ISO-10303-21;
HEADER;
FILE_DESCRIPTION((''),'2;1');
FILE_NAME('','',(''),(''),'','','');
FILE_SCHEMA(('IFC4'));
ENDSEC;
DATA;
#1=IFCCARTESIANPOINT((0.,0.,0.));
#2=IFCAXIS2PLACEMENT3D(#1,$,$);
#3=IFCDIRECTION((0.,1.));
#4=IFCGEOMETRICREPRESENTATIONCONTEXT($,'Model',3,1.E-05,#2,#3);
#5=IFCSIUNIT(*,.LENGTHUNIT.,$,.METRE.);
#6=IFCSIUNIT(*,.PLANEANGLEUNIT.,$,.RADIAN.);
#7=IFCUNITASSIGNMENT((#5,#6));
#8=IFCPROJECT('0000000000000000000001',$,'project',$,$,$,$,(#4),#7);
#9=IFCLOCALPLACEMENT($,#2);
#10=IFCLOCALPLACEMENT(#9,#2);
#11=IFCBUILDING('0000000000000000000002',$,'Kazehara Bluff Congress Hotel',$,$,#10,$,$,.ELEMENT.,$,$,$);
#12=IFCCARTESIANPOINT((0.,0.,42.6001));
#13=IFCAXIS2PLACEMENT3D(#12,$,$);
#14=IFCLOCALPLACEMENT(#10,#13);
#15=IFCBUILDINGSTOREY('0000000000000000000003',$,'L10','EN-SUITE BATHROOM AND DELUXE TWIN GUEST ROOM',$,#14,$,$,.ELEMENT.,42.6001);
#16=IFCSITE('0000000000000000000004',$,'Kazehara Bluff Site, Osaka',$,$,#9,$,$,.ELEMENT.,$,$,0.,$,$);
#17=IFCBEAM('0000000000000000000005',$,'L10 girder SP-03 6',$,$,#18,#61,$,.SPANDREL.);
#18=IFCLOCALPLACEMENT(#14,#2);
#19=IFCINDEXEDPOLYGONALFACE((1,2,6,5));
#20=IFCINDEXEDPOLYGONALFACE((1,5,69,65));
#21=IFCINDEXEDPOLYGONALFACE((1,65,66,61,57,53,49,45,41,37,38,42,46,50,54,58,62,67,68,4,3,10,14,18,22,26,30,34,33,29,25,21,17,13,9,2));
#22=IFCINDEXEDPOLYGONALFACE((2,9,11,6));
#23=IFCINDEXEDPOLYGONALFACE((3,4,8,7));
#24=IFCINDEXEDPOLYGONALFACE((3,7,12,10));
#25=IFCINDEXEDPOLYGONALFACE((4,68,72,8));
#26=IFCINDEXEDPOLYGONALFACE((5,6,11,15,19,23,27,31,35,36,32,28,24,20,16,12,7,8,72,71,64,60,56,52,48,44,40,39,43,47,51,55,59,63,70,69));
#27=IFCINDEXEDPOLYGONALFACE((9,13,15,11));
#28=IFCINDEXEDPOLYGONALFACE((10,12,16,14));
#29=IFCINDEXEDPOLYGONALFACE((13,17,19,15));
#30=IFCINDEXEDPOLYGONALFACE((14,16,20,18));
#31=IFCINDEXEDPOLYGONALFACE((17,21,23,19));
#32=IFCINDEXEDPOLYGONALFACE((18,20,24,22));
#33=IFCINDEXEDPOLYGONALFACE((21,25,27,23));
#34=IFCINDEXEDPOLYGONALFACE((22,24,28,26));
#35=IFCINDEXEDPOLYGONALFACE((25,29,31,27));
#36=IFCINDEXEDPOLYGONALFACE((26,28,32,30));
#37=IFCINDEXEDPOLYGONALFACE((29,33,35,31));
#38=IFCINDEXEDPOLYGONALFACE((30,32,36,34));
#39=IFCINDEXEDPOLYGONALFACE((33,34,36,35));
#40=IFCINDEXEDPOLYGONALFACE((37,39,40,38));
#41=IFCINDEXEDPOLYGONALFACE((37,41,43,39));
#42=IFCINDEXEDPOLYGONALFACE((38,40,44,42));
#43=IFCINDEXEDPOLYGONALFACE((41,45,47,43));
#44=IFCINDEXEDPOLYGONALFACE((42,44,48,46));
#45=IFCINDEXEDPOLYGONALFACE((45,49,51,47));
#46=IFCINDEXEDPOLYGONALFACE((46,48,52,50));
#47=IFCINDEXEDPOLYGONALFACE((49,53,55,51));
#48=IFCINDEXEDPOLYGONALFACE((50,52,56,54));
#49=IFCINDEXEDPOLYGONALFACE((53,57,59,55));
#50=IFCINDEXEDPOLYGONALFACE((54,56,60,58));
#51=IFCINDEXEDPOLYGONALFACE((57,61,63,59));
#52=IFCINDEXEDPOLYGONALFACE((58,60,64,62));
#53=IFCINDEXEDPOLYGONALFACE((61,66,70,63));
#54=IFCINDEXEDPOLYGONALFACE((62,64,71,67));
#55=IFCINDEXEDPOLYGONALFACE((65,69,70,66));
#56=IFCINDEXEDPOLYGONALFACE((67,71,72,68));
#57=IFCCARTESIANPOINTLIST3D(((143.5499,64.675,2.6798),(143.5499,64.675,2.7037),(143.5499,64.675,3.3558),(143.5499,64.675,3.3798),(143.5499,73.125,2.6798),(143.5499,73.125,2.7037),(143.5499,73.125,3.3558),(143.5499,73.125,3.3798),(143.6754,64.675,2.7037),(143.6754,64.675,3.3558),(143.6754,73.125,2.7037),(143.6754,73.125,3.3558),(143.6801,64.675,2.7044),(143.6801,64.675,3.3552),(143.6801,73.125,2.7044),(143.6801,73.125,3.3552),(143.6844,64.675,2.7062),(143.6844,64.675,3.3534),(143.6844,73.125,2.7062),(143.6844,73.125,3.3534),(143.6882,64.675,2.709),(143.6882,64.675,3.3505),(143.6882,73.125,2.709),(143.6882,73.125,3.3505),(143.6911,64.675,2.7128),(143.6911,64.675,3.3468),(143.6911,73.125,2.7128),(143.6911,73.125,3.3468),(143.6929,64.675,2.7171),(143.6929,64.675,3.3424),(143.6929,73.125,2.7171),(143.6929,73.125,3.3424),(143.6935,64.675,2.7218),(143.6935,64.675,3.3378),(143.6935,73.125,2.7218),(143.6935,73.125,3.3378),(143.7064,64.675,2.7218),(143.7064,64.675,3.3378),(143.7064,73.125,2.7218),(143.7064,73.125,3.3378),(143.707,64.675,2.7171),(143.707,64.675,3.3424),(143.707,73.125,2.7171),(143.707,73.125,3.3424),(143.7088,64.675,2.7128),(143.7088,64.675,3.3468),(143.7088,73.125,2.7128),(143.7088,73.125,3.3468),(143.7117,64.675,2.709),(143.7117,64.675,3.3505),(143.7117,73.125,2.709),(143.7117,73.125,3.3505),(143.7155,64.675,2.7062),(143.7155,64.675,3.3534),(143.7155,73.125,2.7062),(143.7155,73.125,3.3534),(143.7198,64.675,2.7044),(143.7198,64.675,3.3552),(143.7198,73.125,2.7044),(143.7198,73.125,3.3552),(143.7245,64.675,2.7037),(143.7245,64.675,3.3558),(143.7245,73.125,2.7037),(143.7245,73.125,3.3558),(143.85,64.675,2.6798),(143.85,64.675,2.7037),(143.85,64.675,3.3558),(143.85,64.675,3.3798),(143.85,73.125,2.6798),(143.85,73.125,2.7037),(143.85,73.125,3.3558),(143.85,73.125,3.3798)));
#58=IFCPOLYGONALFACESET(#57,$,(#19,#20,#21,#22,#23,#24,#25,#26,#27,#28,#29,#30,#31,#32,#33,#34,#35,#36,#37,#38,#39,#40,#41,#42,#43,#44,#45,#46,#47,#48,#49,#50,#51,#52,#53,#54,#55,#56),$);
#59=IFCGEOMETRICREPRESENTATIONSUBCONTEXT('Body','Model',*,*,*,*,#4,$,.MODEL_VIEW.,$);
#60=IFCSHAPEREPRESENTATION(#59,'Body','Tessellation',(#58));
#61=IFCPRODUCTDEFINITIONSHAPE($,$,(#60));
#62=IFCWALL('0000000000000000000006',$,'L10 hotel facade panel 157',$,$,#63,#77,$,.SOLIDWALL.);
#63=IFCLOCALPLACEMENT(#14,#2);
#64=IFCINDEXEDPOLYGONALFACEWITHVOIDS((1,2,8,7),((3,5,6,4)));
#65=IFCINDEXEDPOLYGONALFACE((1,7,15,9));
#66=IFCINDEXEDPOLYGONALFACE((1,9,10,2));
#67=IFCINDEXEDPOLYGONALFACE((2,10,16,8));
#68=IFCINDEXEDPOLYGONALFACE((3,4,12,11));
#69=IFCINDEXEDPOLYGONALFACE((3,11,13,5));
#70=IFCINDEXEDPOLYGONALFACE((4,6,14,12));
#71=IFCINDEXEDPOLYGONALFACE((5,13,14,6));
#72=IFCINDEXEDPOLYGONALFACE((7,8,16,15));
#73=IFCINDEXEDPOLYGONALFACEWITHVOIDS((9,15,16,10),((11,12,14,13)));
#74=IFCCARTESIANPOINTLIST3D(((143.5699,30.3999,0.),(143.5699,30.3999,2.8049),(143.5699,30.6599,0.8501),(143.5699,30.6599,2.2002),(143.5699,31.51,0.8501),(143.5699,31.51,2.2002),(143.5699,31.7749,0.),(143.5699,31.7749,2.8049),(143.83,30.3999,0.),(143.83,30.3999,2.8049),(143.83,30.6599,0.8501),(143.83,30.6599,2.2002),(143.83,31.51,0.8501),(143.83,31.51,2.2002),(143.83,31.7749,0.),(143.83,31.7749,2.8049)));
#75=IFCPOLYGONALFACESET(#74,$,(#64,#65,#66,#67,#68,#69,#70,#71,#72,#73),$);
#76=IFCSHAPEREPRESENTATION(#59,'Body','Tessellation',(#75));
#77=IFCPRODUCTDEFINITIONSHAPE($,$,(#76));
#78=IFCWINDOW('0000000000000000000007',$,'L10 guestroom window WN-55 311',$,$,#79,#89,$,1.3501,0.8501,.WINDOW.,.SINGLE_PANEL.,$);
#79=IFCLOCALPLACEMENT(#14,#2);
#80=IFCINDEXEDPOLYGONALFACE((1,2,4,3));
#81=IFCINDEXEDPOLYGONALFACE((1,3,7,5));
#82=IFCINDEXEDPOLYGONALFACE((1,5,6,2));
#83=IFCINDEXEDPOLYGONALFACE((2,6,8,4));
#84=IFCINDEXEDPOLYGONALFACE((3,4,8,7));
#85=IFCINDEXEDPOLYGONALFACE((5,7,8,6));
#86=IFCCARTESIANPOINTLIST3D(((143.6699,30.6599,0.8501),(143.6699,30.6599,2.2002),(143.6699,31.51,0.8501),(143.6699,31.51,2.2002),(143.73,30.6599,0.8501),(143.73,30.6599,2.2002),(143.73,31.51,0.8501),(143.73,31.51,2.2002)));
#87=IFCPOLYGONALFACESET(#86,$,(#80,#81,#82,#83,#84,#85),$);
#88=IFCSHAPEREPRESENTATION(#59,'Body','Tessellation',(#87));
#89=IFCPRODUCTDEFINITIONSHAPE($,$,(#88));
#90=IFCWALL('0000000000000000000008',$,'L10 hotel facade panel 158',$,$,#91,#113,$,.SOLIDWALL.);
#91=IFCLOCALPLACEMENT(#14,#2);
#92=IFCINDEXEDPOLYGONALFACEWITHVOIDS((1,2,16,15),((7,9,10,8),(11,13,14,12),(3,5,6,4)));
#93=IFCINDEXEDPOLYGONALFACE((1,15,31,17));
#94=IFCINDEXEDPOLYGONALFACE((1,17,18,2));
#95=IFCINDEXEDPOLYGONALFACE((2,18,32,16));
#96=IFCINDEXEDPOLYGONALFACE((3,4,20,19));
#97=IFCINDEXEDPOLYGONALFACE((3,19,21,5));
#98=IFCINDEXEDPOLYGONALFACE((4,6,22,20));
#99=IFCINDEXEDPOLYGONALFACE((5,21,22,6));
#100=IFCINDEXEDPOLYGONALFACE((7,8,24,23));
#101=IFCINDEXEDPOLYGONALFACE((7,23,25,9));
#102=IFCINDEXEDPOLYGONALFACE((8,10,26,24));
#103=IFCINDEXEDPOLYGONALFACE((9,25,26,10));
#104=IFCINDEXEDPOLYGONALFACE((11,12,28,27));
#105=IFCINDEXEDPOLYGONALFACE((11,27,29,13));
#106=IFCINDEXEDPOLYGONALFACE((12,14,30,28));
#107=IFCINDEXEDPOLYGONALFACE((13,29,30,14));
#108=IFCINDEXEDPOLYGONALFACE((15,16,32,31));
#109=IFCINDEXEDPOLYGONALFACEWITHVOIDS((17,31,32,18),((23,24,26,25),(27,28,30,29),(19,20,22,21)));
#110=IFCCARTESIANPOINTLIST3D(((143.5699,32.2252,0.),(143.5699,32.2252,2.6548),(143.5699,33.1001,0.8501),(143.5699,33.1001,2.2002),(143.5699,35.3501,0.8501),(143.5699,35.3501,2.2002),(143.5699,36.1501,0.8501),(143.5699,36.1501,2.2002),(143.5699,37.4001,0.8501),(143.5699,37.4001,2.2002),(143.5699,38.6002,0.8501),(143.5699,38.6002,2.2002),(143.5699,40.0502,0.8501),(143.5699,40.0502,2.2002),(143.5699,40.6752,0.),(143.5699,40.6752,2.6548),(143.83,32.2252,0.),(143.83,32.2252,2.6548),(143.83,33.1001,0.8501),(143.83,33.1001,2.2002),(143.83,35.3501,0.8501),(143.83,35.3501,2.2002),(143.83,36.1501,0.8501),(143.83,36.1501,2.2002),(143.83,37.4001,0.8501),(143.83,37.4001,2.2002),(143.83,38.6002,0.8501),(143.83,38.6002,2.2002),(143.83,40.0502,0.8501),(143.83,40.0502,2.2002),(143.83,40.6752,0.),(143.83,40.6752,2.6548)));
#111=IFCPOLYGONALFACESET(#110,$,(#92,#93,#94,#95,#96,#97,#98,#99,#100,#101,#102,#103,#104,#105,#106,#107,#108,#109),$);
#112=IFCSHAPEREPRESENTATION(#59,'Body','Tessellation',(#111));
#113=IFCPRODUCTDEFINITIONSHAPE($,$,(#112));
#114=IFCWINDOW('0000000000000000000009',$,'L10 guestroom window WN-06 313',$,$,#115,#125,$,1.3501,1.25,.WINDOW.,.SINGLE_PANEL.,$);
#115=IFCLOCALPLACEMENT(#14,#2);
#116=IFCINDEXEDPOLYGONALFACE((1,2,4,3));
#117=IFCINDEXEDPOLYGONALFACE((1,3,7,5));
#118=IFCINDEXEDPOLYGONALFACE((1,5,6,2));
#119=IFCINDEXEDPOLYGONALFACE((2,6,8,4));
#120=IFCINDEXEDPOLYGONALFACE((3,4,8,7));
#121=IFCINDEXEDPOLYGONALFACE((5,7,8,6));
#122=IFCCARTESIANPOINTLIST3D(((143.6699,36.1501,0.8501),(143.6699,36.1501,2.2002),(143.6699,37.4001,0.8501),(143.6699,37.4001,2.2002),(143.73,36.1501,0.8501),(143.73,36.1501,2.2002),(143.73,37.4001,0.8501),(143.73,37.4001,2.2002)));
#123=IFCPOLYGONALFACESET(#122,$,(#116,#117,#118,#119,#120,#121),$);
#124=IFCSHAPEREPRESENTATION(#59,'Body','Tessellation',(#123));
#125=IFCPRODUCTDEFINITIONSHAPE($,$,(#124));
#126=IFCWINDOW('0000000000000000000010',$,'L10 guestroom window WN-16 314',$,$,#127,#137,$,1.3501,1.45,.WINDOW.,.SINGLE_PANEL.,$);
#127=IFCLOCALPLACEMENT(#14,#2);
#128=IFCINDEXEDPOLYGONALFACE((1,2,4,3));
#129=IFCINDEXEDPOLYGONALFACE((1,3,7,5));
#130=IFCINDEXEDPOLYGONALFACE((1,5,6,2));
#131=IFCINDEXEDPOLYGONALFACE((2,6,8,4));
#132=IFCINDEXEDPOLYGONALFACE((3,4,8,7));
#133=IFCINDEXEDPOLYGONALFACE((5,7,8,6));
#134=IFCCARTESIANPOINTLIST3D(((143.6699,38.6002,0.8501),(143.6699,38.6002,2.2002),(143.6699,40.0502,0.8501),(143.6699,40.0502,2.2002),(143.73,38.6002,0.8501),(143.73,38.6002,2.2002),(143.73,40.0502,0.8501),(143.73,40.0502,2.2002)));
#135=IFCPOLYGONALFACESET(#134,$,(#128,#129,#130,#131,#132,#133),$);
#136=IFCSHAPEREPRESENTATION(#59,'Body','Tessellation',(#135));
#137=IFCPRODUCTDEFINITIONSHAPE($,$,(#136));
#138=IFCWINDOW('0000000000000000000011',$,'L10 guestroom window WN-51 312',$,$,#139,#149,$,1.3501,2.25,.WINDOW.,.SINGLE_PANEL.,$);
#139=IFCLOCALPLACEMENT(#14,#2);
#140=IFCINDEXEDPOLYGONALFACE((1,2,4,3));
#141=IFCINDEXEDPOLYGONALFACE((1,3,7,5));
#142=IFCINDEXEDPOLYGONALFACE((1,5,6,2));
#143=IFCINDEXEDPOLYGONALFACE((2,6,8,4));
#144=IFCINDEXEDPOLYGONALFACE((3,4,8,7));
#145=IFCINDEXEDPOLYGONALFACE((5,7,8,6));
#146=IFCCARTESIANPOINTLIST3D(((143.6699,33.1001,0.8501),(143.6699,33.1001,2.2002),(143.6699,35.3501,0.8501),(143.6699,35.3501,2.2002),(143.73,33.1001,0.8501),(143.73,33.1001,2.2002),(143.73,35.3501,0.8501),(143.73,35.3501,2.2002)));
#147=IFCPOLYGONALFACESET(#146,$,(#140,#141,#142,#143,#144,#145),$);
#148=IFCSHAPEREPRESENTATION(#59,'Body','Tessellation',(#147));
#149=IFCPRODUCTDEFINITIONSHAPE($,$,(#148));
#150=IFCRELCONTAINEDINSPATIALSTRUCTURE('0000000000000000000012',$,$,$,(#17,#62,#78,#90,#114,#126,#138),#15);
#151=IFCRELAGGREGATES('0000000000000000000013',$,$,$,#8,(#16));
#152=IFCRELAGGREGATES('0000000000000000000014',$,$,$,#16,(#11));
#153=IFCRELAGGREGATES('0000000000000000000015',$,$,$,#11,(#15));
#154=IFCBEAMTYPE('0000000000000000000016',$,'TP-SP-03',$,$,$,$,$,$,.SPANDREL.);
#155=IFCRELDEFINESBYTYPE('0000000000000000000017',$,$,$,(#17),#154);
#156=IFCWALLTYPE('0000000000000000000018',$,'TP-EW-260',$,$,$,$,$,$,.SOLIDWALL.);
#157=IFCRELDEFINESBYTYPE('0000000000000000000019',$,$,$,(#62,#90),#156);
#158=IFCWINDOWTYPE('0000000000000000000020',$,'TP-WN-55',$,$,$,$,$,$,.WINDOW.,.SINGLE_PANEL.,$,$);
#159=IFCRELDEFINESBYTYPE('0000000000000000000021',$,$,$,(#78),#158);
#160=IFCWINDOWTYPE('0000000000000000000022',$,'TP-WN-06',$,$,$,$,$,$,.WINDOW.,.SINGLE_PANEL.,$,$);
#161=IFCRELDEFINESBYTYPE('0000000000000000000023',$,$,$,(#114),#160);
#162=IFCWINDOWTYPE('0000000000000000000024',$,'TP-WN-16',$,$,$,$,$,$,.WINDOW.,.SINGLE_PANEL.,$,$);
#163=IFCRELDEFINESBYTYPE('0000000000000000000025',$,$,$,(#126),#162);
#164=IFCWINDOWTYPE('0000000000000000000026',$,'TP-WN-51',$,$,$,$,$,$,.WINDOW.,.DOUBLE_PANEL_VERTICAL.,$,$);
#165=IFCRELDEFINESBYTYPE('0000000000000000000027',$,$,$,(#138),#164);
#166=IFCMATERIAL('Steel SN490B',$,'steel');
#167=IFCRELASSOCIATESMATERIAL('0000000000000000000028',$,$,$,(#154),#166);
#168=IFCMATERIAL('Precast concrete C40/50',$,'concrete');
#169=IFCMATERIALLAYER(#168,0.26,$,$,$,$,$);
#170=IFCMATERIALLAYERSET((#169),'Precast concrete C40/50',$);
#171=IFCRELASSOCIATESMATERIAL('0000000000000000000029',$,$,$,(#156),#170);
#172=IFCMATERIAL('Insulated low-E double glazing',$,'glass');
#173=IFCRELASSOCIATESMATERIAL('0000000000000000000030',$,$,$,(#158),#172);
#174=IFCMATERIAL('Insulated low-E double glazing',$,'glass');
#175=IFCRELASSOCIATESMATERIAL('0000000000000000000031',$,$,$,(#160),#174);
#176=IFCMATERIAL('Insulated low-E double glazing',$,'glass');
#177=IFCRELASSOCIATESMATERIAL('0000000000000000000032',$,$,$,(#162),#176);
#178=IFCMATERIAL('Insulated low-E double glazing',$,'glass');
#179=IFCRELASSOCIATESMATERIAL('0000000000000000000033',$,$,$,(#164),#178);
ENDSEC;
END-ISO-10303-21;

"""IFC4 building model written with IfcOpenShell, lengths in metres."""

from ifc_helpers import new_model, si_unit, direction, frame, frame_2d, origin, origin_2d, place, context, subcontext, project, spatial, rectangle, i_section, extrude, material, layer, layer_set, material_profile, profile_set, type_object, element, fill, save


model = new_model("IFC4")

# Units and contexts
model_context = context("Model", 3, precision=1e-05, world=origin(), true_north=direction((0.0, 1.0)))
body_context = subcontext(model_context, "Body", "Model", "MODEL_VIEW")
ifc_project = project(units=[si_unit("LENGTHUNIT", "METRE"), si_unit("PLANEANGLEUNIT", "RADIAN")], contexts=[model_context])

# Site, building, storey
site_placement = place(None, origin())
site = spatial("IfcSite", under=ifc_project, at=site_placement, Name="Kazehara Bluff Site, Osaka", CompositionType="ELEMENT", RefElevation=0.0)
building_placement = place(site_placement, origin())
building = spatial("IfcBuilding", under=site, at=building_placement, Name="Kazehara Bluff Congress Hotel", CompositionType="ELEMENT")
storey_placement = place(building_placement, frame((0.0, 0.0, 42.6001)))
storey = spatial("IfcBuildingStorey", under=building, at=storey_placement, Name="L10", Description="EN-SUITE BATHROOM AND DELUXE TWIN GUEST ROOM", CompositionType="ELEMENT", Elevation=42.6001)

# Beam
ifc_material_1 = material(Name="Steel SN490B", Category="steel")
ifc_material_profile_1 = material_profile(ifc_material_1, i_section(OverallWidth=0.3, OverallDepth=0.7, WebThickness=0.0129, FlangeThickness=0.0239, FilletRadius=0.0181, at=origin_2d()))
ifc_profile_set_1 = profile_set([ifc_material_profile_1], Name="Steel SN490B")
beam_type_1 = type_object("IfcBeamType", Name="TP-SP-03", PredefinedType="SPANDREL", material=ifc_profile_set_1)
for number, where, z_axis, x_axis, name in (
    (1, (143.7, 64.675, 3.0298), (0.0, 1.0, 0.0), (-1.0, 0.0, 0.0), "L10 girder SP-03 6"),
):
    element("IfcBeam", number, at=place(storey_placement, frame(where, z_axis=z_axis, x_axis=x_axis)), inside=storey, type_object=beam_type_1, Name=name, PredefinedType="SPANDREL", context=body_context, shape_type="SweptSolid", body=[
        extrude(i_section(OverallWidth=0.3, OverallDepth=0.7, WebThickness=0.0129, FlangeThickness=0.0239, FilletRadius=0.0181, at=origin_2d()), origin(), (0.0, 0.0, 1.0), 8.45),
    ])

# Wall, opening, window
ifc_material_2 = material(Name="Precast concrete C40/50", Category="concrete")
ifc_layer_1 = layer(ifc_material_2, 0.26)
ifc_layer_set_1 = layer_set([ifc_layer_1], Name="Precast concrete C40/50")
wall_type = type_object("IfcWallType", Name="TP-EW-260", PredefinedType="SOLIDWALL", material=ifc_layer_set_1)
wall_1_placement = place(storey_placement, frame((143.7, 30.3999, 0.0), z_axis=(0.0, 0.0, 1.0), x_axis=(0.0, 1.0, 0.0)))
wall_1 = element("IfcWall", 2, at=wall_1_placement, inside=storey, type_object=wall_type, Name="L10 hotel facade panel 157", PredefinedType="SOLIDWALL", context=body_context, shape_type="SweptSolid", body=[
    extrude(rectangle(XDim=1.375, YDim=0.26, at=frame_2d((0.6875, 0.0))), origin(), (0.0, 0.0, 1.0), 2.8049),
])
opening_1_placement = place(wall_1_placement, frame((0.26, 0.0, 0.8501)))
opening_1 = element("IfcOpeningElement", 3, at=opening_1_placement, cuts=wall_1, PredefinedType="OPENING", context=body_context, shape_type="SweptSolid", body=[
    extrude(rectangle(XDim=0.8501, YDim=1.3501, at=frame_2d((0.425, 0.675))), frame((0.0, 0.1399, 0.0), z_axis=(0.0, -1.0, 0.0), x_axis=(1.0, 0.0, 0.0)), (0.0, 0.0, 1.0), 0.28),
])
ifc_material_3 = material(Name="Insulated low-E double glazing", Category="glass")
window_type_1 = type_object("IfcWindowType", Name="TP-WN-55", PartitioningType="SINGLE_PANEL", PredefinedType="WINDOW", material=ifc_material_3)
window_1_placement = place(opening_1_placement, origin())
window_1 = element("IfcWindow", 4, at=window_1_placement, inside=storey, type_object=window_type_1, Name="L10 guestroom window WN-55 311", OverallHeight=1.3501, OverallWidth=0.8501, PartitioningType="SINGLE_PANEL", PredefinedType="WINDOW", context=body_context, shape_type="SweptSolid", body=[
    extrude(rectangle(XDim=0.8501, YDim=1.3501, at=frame_2d((0.425, 0.675))), frame((0.0, 0.03, 0.0), z_axis=(0.0, -1.0, 0.0), x_axis=(1.0, 0.0, 0.0)), (0.0, 0.0, 1.0), 0.0601),
])
fill(opening_1, window_1)

# Wall, openings, windows
wall_2_placement = place(storey_placement, frame((143.7, 32.2251, 0.0), z_axis=(0.0, 0.0, 1.0), x_axis=(0.0, 1.0, 0.0)))
wall_2 = element("IfcWall", 5, at=wall_2_placement, inside=storey, type_object=wall_type, Name="L10 hotel facade panel 158", PredefinedType="SOLIDWALL", context=body_context, shape_type="SweptSolid", body=[
    extrude(rectangle(XDim=8.45, YDim=0.26, at=frame_2d((4.2251, 0.0))), origin(), (0.0, 0.0, 1.0), 2.6548),
])
opening_2_placement = place(wall_2_placement, frame((0.875, 0.0, 0.8501)))
opening_2 = element("IfcOpeningElement", 6, at=opening_2_placement, cuts=wall_2, PredefinedType="OPENING", context=body_context, shape_type="SweptSolid", body=[
    extrude(rectangle(XDim=2.25, YDim=1.3501, at=frame_2d((1.125, 0.675))), frame((0.0, 0.1399, 0.0), z_axis=(0.0, -1.0, 0.0), x_axis=(1.0, 0.0, 0.0)), (0.0, 0.0, 1.0), 0.28),
])
opening_3_placement = place(wall_2_placement, frame((3.925, 0.0, 0.8501)))
opening_3 = element("IfcOpeningElement", 7, at=opening_3_placement, cuts=wall_2, PredefinedType="OPENING", context=body_context, shape_type="SweptSolid", body=[
    extrude(rectangle(XDim=1.25, YDim=1.3501, at=frame_2d((0.625, 0.675))), frame((0.0, 0.1399, 0.0), z_axis=(0.0, -1.0, 0.0), x_axis=(1.0, 0.0, 0.0)), (0.0, 0.0, 1.0), 0.28),
])
opening_4_placement = place(wall_2_placement, frame((6.375, 0.0, 0.8501)))
opening_4 = element("IfcOpeningElement", 8, at=opening_4_placement, cuts=wall_2, PredefinedType="OPENING", context=body_context, shape_type="SweptSolid", body=[
    extrude(rectangle(XDim=1.45, YDim=1.3501, at=frame_2d((0.7251, 0.675))), frame((0.0, 0.1399, 0.0), z_axis=(0.0, -1.0, 0.0), x_axis=(1.0, 0.0, 0.0)), (0.0, 0.0, 1.0), 0.28),
])
ifc_material_4 = material(Name="Insulated low-E double glazing", Category="glass")
window_type_2 = type_object("IfcWindowType", Name="TP-WN-06", PartitioningType="SINGLE_PANEL", PredefinedType="WINDOW", material=ifc_material_4)
window_2_placement = place(opening_3_placement, origin())
window_2 = element("IfcWindow", 9, at=window_2_placement, inside=storey, type_object=window_type_2, Name="L10 guestroom window WN-06 313", OverallHeight=1.3501, OverallWidth=1.25, PartitioningType="SINGLE_PANEL", PredefinedType="WINDOW", context=body_context, shape_type="SweptSolid", body=[
    extrude(rectangle(XDim=1.25, YDim=1.3501, at=frame_2d((0.625, 0.675))), frame((0.0, 0.03, 0.0), z_axis=(0.0, -1.0, 0.0), x_axis=(1.0, 0.0, 0.0)), (0.0, 0.0, 1.0), 0.0601),
])
fill(opening_3, window_2)
ifc_material_5 = material(Name="Insulated low-E double glazing", Category="glass")
window_type_3 = type_object("IfcWindowType", Name="TP-WN-16", PartitioningType="SINGLE_PANEL", PredefinedType="WINDOW", material=ifc_material_5)
window_3_placement = place(opening_4_placement, origin())
window_3 = element("IfcWindow", 10, at=window_3_placement, inside=storey, type_object=window_type_3, Name="L10 guestroom window WN-16 314", OverallHeight=1.3501, OverallWidth=1.45, PartitioningType="SINGLE_PANEL", PredefinedType="WINDOW", context=body_context, shape_type="SweptSolid", body=[
    extrude(rectangle(XDim=1.45, YDim=1.3501, at=frame_2d((0.7251, 0.675))), frame((0.0, 0.03, 0.0), z_axis=(0.0, -1.0, 0.0), x_axis=(1.0, 0.0, 0.0)), (0.0, 0.0, 1.0), 0.0601),
])
fill(opening_4, window_3)
ifc_material_6 = material(Name="Insulated low-E double glazing", Category="glass")
window_type_4 = type_object("IfcWindowType", Name="TP-WN-51", PartitioningType="DOUBLE_PANEL_VERTICAL", PredefinedType="WINDOW", material=ifc_material_6)
window_4_placement = place(opening_2_placement, origin())
window_4 = element("IfcWindow", 11, at=window_4_placement, inside=storey, type_object=window_type_4, Name="L10 guestroom window WN-51 312", OverallHeight=1.3501, OverallWidth=2.25, PartitioningType="SINGLE_PANEL", PredefinedType="WINDOW", context=body_context, shape_type="SweptSolid", body=[
    extrude(rectangle(XDim=2.25, YDim=1.3501, at=frame_2d((1.125, 0.675))), frame((0.0, 0.03, 0.0), z_axis=(0.0, -1.0, 0.0), x_axis=(1.0, 0.0, 0.0)), (0.0, 0.0, 1.0), 0.0601),
])
fill(opening_2, window_4)

save(model, "model.ifc")
